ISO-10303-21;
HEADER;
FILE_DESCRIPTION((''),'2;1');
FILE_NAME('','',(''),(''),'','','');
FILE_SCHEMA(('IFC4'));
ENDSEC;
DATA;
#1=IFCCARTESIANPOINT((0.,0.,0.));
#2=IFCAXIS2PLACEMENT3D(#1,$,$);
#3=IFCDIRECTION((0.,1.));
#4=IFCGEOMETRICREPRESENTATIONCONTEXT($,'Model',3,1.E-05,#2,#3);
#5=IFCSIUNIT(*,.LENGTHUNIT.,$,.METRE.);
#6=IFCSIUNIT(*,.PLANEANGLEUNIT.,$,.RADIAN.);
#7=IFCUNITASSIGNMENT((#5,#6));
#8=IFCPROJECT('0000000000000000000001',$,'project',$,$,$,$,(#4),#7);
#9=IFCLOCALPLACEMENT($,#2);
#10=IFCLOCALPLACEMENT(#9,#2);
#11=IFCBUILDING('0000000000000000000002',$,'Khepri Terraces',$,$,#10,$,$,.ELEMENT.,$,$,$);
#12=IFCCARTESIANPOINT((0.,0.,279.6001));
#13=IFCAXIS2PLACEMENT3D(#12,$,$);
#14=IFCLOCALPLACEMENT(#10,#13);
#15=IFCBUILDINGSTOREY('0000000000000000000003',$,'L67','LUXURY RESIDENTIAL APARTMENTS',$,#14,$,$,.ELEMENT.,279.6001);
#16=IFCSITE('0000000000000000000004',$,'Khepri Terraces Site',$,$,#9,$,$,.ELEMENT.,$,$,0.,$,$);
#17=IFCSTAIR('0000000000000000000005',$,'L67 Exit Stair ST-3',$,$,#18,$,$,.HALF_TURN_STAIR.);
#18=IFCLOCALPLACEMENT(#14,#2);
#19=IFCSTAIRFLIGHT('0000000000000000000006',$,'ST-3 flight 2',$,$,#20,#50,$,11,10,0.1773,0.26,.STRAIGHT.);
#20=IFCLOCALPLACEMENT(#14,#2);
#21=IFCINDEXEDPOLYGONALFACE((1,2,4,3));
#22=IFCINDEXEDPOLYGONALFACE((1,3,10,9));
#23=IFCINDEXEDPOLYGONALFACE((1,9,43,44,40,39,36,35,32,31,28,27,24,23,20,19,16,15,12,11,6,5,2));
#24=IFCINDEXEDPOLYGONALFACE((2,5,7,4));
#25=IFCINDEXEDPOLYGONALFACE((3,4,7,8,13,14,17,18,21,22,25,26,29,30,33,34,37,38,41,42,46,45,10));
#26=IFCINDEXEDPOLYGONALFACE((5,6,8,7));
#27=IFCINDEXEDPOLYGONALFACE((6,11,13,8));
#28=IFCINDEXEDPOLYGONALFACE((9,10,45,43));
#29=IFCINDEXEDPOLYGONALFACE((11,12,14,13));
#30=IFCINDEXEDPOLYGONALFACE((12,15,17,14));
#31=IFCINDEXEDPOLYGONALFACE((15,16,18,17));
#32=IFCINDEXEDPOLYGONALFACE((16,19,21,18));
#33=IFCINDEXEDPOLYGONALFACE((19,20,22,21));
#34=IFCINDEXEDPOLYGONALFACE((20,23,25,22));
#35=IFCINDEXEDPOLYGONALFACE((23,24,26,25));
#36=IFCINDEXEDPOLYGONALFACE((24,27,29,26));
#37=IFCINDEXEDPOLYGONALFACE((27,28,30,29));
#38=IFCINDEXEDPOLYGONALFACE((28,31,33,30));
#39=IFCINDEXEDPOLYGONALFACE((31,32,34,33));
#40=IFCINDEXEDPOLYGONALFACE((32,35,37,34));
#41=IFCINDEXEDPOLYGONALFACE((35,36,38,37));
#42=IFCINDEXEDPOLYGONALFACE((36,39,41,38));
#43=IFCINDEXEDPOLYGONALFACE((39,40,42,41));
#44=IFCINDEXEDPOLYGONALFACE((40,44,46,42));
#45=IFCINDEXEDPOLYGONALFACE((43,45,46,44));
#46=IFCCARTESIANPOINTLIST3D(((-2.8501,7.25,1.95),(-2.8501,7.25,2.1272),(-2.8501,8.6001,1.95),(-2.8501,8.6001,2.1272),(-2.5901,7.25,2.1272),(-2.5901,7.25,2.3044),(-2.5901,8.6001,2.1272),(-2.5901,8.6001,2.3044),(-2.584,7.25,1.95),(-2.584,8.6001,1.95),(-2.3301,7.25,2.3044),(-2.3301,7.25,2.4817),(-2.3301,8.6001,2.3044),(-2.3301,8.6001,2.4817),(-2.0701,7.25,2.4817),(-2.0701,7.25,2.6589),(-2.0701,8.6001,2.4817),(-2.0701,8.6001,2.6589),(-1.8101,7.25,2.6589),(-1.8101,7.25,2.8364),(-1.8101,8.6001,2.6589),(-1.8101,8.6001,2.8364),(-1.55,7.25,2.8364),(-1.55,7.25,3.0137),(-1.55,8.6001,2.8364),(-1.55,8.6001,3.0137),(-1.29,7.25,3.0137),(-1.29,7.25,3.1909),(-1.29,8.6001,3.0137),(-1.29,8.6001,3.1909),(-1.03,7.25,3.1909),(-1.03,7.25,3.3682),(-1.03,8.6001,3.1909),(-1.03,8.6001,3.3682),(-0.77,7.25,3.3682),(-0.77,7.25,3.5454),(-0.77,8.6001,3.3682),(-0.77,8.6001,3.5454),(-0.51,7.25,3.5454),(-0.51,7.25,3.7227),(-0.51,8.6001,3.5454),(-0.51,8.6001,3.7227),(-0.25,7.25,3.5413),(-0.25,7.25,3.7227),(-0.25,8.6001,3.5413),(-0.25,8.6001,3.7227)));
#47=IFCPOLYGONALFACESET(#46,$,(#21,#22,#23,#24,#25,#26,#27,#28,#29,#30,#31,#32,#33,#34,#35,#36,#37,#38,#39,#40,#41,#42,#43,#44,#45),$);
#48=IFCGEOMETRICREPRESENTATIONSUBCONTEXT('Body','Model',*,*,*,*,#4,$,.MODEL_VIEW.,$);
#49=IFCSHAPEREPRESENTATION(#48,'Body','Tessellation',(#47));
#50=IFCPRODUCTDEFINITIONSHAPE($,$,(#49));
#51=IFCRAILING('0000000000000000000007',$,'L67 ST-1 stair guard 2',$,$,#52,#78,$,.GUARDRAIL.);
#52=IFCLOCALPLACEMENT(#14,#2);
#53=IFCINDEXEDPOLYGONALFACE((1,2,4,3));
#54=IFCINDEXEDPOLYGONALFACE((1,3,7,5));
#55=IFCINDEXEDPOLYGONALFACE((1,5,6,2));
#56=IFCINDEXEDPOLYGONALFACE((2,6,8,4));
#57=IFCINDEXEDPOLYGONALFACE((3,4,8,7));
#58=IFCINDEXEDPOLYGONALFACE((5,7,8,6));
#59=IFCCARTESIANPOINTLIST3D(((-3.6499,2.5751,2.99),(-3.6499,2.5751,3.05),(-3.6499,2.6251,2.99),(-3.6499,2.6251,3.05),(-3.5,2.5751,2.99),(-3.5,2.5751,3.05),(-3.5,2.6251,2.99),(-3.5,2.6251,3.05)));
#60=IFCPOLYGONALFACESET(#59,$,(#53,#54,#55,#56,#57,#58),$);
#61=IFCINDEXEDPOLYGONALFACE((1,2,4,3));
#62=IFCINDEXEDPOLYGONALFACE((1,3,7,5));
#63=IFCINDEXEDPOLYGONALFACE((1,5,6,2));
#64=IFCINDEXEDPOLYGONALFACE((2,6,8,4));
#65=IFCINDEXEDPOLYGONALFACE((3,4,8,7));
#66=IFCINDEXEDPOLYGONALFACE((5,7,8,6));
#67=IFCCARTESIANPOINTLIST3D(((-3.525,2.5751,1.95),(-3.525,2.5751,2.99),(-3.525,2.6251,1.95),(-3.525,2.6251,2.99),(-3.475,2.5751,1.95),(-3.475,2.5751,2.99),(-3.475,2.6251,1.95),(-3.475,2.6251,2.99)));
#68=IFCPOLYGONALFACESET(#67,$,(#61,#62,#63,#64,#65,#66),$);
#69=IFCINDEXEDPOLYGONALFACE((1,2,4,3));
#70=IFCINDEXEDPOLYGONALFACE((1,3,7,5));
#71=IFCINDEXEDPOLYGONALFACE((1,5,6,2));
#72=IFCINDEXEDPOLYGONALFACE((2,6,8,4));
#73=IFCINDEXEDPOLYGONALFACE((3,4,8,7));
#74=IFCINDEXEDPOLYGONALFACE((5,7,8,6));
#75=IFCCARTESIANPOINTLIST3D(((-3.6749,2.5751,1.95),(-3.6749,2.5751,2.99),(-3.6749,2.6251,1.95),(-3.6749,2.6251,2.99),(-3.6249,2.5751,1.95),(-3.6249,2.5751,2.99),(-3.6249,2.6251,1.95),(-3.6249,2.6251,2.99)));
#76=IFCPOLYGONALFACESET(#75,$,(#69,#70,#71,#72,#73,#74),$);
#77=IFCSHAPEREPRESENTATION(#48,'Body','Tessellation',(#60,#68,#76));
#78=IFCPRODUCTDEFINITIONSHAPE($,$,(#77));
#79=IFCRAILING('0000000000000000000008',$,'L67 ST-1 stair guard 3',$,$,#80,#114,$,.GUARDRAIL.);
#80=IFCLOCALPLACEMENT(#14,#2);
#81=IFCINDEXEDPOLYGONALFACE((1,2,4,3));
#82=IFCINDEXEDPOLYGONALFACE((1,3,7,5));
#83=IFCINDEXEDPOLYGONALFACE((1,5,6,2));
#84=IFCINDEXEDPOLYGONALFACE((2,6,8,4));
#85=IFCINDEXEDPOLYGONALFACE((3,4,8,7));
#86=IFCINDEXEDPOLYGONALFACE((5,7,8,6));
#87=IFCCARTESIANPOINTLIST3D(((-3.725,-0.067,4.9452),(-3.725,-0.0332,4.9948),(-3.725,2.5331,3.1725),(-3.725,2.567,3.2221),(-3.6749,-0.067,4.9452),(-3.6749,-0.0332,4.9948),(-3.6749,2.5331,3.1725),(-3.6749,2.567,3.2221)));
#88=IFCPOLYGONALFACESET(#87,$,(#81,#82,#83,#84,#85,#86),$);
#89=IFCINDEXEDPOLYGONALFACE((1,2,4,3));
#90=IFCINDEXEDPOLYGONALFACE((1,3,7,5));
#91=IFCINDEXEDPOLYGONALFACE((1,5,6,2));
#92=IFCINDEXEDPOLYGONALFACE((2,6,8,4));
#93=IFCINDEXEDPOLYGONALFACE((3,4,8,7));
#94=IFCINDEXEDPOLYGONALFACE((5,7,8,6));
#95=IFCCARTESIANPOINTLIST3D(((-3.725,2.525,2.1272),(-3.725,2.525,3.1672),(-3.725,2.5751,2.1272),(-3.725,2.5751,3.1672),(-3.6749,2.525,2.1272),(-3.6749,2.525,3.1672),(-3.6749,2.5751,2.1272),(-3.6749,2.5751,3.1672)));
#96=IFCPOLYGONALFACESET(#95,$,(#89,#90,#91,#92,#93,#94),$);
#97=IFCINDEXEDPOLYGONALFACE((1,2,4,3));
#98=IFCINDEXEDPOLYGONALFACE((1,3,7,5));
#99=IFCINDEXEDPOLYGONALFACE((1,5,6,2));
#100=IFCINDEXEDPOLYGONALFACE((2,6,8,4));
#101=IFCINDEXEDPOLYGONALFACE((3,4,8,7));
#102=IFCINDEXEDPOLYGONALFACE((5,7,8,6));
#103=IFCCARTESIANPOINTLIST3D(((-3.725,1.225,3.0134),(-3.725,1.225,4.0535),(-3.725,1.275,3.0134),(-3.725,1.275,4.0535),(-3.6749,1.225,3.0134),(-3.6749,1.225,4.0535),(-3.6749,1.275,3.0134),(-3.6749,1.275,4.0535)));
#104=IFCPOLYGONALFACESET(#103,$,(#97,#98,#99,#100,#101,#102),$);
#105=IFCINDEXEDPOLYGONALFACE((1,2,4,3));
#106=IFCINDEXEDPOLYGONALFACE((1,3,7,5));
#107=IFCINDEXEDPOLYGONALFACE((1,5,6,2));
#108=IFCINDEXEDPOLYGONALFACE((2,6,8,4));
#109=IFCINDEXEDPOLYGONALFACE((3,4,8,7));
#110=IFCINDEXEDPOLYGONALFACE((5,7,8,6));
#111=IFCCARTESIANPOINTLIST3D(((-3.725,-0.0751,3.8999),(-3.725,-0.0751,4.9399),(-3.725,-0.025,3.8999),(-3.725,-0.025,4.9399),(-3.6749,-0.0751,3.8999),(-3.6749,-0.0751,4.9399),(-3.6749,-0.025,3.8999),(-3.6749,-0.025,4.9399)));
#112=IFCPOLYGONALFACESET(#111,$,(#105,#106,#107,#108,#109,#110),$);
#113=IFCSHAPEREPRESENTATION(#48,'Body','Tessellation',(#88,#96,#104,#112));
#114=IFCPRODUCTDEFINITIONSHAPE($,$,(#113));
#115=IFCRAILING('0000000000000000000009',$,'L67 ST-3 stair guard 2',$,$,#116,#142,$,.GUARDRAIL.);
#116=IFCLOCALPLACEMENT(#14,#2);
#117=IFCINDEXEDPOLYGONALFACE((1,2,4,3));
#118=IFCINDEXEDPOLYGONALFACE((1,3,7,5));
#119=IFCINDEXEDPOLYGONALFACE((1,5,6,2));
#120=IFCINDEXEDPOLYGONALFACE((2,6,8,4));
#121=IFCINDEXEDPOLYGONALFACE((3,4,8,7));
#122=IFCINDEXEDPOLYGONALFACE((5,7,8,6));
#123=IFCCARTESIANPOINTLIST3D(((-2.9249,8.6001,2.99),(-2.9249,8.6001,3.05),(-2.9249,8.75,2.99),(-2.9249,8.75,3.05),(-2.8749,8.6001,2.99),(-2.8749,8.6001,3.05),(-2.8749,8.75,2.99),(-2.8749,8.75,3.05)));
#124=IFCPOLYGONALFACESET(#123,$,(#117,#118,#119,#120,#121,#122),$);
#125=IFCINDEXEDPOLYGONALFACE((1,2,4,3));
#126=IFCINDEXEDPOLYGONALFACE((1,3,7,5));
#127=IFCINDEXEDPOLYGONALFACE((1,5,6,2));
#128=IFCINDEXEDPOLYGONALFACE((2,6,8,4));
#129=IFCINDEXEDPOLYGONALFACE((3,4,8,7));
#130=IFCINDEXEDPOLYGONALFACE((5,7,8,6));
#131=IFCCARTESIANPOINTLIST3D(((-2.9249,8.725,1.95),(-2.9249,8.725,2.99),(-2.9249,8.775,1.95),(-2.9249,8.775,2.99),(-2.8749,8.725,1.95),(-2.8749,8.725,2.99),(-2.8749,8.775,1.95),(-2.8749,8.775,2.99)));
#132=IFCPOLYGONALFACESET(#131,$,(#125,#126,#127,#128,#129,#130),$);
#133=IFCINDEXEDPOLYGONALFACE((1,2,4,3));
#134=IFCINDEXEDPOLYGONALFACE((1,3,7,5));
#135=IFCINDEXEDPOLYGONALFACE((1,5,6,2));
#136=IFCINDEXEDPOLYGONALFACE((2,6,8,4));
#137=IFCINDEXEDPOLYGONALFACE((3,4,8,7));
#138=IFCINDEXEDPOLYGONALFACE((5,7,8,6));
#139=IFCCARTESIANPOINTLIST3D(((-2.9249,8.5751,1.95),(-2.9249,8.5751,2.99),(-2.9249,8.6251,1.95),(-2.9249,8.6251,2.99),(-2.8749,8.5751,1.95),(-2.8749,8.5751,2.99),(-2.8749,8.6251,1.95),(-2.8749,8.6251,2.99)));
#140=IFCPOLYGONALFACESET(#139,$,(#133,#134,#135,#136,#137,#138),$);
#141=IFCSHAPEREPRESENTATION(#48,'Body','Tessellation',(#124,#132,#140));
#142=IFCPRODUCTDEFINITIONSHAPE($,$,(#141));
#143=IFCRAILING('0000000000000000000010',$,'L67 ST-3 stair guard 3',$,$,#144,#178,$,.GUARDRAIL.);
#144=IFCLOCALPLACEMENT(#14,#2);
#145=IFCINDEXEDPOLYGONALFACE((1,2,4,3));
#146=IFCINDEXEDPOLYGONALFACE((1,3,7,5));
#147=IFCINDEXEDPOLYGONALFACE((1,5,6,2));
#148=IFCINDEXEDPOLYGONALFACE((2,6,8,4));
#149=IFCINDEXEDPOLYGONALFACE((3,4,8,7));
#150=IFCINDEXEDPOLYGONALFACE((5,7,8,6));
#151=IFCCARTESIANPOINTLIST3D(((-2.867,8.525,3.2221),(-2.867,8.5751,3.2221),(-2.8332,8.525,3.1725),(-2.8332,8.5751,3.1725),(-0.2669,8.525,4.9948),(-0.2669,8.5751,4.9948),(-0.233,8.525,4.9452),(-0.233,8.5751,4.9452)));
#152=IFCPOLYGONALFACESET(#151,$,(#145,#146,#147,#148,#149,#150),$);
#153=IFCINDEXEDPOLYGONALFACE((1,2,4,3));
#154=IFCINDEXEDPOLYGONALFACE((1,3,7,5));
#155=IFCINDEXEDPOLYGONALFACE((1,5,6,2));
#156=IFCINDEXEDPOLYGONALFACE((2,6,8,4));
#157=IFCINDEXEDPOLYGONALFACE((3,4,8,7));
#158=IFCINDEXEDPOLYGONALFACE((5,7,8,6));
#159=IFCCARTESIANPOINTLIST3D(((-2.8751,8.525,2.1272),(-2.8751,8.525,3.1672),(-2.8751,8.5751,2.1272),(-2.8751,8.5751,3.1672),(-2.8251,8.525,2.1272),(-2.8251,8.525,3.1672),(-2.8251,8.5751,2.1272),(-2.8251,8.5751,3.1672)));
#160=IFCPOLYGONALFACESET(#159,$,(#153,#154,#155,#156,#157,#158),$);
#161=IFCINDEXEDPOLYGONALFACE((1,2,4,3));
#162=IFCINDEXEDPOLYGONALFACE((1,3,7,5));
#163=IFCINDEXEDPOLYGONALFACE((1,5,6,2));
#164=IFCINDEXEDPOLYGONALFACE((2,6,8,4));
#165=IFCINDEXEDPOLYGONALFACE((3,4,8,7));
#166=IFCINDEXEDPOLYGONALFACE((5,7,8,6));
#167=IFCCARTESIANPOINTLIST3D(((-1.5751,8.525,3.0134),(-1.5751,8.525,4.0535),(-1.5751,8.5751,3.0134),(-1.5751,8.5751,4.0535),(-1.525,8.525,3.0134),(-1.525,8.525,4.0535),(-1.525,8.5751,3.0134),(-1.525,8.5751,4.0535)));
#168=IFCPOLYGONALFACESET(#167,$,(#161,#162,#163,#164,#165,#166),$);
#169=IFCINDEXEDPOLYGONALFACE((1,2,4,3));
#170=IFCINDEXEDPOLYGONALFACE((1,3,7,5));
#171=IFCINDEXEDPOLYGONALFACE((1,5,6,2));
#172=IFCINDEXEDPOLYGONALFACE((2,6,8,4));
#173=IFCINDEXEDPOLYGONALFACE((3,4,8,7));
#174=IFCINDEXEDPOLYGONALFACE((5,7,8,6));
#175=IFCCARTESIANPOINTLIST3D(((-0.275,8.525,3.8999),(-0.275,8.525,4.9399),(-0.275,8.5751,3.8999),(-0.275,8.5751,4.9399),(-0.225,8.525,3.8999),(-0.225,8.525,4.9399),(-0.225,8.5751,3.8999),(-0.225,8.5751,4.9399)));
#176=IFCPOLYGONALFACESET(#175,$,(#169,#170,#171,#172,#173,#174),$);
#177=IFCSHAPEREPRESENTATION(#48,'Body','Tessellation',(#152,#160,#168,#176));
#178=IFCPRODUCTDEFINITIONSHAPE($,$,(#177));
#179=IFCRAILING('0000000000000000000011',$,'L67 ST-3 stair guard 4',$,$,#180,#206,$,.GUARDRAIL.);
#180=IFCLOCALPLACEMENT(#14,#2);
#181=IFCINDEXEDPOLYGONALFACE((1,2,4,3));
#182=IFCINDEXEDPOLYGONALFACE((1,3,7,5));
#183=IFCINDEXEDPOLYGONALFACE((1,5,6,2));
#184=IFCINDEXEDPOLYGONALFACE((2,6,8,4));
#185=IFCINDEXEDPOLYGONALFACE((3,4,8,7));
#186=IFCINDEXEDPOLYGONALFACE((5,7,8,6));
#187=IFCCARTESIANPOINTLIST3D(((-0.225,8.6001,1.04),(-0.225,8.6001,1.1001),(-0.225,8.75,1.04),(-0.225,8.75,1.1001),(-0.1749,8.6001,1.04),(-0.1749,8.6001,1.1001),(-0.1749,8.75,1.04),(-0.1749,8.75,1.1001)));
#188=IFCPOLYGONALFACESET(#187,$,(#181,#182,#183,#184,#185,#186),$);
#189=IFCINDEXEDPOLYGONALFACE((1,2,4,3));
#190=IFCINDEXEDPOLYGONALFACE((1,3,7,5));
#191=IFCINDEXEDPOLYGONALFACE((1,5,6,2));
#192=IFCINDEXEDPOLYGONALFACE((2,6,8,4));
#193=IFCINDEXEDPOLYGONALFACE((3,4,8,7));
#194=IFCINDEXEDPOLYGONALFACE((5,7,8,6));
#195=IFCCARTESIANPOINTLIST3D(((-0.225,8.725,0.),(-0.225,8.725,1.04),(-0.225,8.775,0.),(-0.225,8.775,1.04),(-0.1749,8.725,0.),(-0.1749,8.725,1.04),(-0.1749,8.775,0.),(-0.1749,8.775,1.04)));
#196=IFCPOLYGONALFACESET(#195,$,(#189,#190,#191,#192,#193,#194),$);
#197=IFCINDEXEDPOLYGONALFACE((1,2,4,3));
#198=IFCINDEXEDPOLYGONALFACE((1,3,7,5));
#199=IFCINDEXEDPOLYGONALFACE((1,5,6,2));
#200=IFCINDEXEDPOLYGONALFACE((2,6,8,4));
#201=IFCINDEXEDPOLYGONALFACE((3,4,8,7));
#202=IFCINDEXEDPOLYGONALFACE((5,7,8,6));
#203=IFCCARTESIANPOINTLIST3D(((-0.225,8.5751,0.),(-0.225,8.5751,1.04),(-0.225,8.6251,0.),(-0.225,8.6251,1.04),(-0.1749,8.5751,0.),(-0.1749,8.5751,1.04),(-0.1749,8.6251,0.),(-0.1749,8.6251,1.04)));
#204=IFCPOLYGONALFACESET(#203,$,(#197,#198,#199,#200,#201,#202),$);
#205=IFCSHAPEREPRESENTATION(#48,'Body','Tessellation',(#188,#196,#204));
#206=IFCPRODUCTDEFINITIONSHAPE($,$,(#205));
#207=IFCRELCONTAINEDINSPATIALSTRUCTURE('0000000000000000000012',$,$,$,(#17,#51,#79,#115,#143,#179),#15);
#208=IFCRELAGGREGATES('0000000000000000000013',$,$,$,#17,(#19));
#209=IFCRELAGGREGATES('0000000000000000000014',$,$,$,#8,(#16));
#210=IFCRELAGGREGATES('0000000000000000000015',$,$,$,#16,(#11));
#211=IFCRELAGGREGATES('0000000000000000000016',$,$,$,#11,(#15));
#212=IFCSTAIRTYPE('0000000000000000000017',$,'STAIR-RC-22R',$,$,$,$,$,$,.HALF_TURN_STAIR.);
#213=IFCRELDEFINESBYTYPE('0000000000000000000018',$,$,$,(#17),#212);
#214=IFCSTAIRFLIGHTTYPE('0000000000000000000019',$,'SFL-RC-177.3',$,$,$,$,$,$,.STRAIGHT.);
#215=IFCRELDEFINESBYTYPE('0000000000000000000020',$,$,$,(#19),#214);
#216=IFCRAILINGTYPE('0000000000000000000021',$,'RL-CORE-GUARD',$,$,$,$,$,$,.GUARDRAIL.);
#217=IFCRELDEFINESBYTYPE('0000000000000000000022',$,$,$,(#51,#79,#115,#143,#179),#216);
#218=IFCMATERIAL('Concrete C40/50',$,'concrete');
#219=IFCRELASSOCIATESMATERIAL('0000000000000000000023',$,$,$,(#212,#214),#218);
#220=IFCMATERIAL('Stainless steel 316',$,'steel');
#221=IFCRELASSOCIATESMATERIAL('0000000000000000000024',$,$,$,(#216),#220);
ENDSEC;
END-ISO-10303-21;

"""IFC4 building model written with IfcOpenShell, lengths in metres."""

from ifc_helpers import new_model, si_unit, direction, frame, origin, origin_2d, place, context, subcontext, project, spatial, polyline, rectangle, outline, extrude, material, type_object, element, aggregate, save


model = new_model("IFC4")

# Units and contexts
model_context = context("Model", 3, precision=1e-05, world=origin(), true_north=direction((0.0, 1.0)))
body_context = subcontext(model_context, "Body", "Model", "MODEL_VIEW")
ifc_project = project(units=[si_unit("LENGTHUNIT", "METRE"), si_unit("PLANEANGLEUNIT", "RADIAN")], contexts=[model_context])

# Site, building, storey
site_placement = place(None, origin())
site = spatial("IfcSite", under=ifc_project, at=site_placement, Name="Khepri Terraces Site", CompositionType="ELEMENT", RefElevation=0.0)
building_placement = place(site_placement, origin())
building = spatial("IfcBuilding", under=site, at=building_placement, Name="Khepri Terraces", CompositionType="ELEMENT")
storey_placement = place(building_placement, frame((0.0, 0.0, 279.6001)))
storey = spatial("IfcBuildingStorey", under=building, at=storey_placement, Name="L67", Description="LUXURY RESIDENTIAL APARTMENTS", CompositionType="ELEMENT", Elevation=279.6001)

# Shared definitions
ifc_material_1 = material(Name="Concrete C40/50", Category="concrete")

# Stair, stair flight
stair_type = type_object("IfcStairType", Name="STAIR-RC-22R", PredefinedType="HALF_TURN_STAIR", material=ifc_material_1)
stair_flight_type = type_object("IfcStairFlightType", Name="SFL-RC-177.3", PredefinedType="STRAIGHT", material=ifc_material_1)
stair_1_placement = place(storey_placement, origin())
stair_1 = element("IfcStair", 1, at=stair_1_placement, inside=storey, type_object=stair_type, Name="L67 Exit Stair ST-3", PredefinedType="HALF_TURN_STAIR")
stair_flight_1_placement = place(storey_placement, frame((-2.8501, 7.925, 1.95), z_axis=(0.0, 0.0, 1.0), x_axis=(1.0, 0.0, 0.0)))
stair_flight_1 = element("IfcStairFlight", 2, at=stair_flight_1_placement, type_object=stair_flight_type, Name="ST-3 flight 2", NumberOfRisers=11, NumberOfTreads=10, PredefinedType="STRAIGHT", RiserHeight=0.1773, TreadLength=0.26, context=body_context, shape_type="SweptSolid", body=[
    extrude(outline(polyline([(0.0, 0.0), (0.0, 0.1772), (0.26, 0.1772), (0.26, 0.3545), (0.52, 0.3545), (0.52, 0.5317), (0.78, 0.5317), (0.78, 0.709), (1.04, 0.709), (1.04, 0.8865), (1.3, 0.8865), (1.3, 1.0637), (1.5601, 1.0637), (1.5601, 1.241), (1.8201, 1.241), (1.8201, 1.4182), (2.0801, 1.4182), (2.0801, 1.5955), (2.3401, 1.5955), (2.3401, 1.7727), (2.6001, 1.7727), (2.6001, 1.95), (2.6001, 1.5913), (0.2661, 0.0), (0.0, 0.0)])), frame((0.0, 0.675, 0.0), z_axis=(0.0, -1.0, 0.0), x_axis=(1.0, 0.0, 0.0)), (0.0, 0.0, 1.0), 1.3501),
])
aggregate(stair_1, [stair_flight_1])

# Railings
ifc_material_2 = material(Name="Stainless steel 316", Category="steel")
railing_type_1 = type_object("IfcRailingType", Name="RL-CORE-GUARD", PredefinedType="GUARDRAIL", material=ifc_material_2)
railing_1_placement = place(storey_placement, frame((-3.5, 2.6001, 1.95)))
element("IfcRailing", 3, at=railing_1_placement, inside=storey, type_object=railing_type_1, Name="L67 ST-1 stair guard 2", PredefinedType="GUARDRAIL", context=body_context, shape_type="SweptSolid", body=[
    extrude(rectangle(XDim=0.05, YDim=0.0601, at=origin_2d()), frame((0.0, 0.0, 1.0701), z_axis=(-1.0, 0.0, 0.0), x_axis=(0.0, -1.0, 0.0)), (0.0, 0.0, 1.0), 0.1499),
    extrude(rectangle(XDim=0.05, YDim=0.05, at=origin_2d()), origin(), (0.0, 0.0, 1.0), 1.04),
    extrude(rectangle(XDim=0.05, YDim=0.05, at=origin_2d()), frame((-0.1499, 0.0, 0.0)), (0.0, 0.0, 1.0), 1.04),
])
railing_2_placement = place(storey_placement, frame((-3.7, 2.55, 2.1272)))
element("IfcRailing", 4, at=railing_2_placement, inside=storey, type_object=railing_type_1, Name="L67 ST-1 stair guard 3", PredefinedType="GUARDRAIL", context=body_context, shape_type="SweptSolid", body=[
    extrude(rectangle(XDim=0.05, YDim=0.0601, at=origin_2d()), frame((0.0, 0.0, 1.0701), z_axis=(0.0, -0.82624, 0.563318), x_axis=(1.0, 0.0, 0.0)), (0.0, 0.0, 1.0), 3.147),
    extrude(rectangle(XDim=0.05, YDim=0.05, at=origin_2d()), origin(), (0.0, 0.0, 1.0), 1.04),
    extrude(rectangle(XDim=0.05, YDim=0.05, at=origin_2d()), frame((0.0, -1.3, 0.8862)), (0.0, 0.0, 1.0), 1.04),
    extrude(rectangle(XDim=0.05, YDim=0.05, at=origin_2d()), frame((0.0, -2.6001, 1.7727)), (0.0, 0.0, 1.0), 1.04),
])
railing_3_placement = place(storey_placement, frame((-2.8999, 8.75, 1.95)))
element("IfcRailing", 5, at=railing_3_placement, inside=storey, type_object=railing_type_1, Name="L67 ST-3 stair guard 2", PredefinedType="GUARDRAIL", context=body_context, shape_type="SweptSolid", body=[
    extrude(rectangle(XDim=0.05, YDim=0.0601, at=origin_2d()), frame((0.0, 0.0, 1.0701), z_axis=(0.0, -1.0, 0.0), x_axis=(1.0, 0.0, 0.0)), (0.0, 0.0, 1.0), 0.1499),
    extrude(rectangle(XDim=0.05, YDim=0.05, at=origin_2d()), origin(), (0.0, 0.0, 1.0), 1.04),
    extrude(rectangle(XDim=0.05, YDim=0.05, at=origin_2d()), frame((0.0, -0.1499, 0.0)), (0.0, 0.0, 1.0), 1.04),
])
railing_4_placement = place(storey_placement, frame((-2.8501, 8.55, 2.1272)))
element("IfcRailing", 6, at=railing_4_placement, inside=storey, type_object=railing_type_1, Name="L67 ST-3 stair guard 3", PredefinedType="GUARDRAIL", context=body_context, shape_type="SweptSolid", body=[
    extrude(rectangle(XDim=0.05, YDim=0.0601, at=origin_2d()), frame((0.0, 0.0, 1.0701), z_axis=(0.82624, 0.0, 0.563318), x_axis=(0.0, 1.0, 0.0)), (0.0, 0.0, 1.0), 3.147),
    extrude(rectangle(XDim=0.05, YDim=0.05, at=origin_2d()), origin(), (0.0, 0.0, 1.0), 1.04),
    extrude(rectangle(XDim=0.05, YDim=0.05, at=origin_2d()), frame((1.3, 0.0, 0.8862)), (0.0, 0.0, 1.0), 1.04),
    extrude(rectangle(XDim=0.05, YDim=0.05, at=origin_2d()), frame((2.6001, 0.0, 1.7727)), (0.0, 0.0, 1.0), 1.04),
])
railing_5_placement = place(storey_placement, frame((-0.2, 8.75, 0.0)))
element("IfcRailing", 7, at=railing_5_placement, inside=storey, type_object=railing_type_1, Name="L67 ST-3 stair guard 4", PredefinedType="GUARDRAIL", context=body_context, shape_type="SweptSolid", body=[
    extrude(rectangle(XDim=0.05, YDim=0.0601, at=origin_2d()), frame((0.0, 0.0, 1.0701), z_axis=(0.0, -1.0, 0.0), x_axis=(1.0, 0.0, 0.0)), (0.0, 0.0, 1.0), 0.1499),
    extrude(rectangle(XDim=0.05, YDim=0.05, at=origin_2d()), origin(), (0.0, 0.0, 1.0), 1.04),
    extrude(rectangle(XDim=0.05, YDim=0.05, at=origin_2d()), frame((0.0, -0.1499, 0.0)), (0.0, 0.0, 1.0), 1.04),
])

save(model, "model.ifc")
